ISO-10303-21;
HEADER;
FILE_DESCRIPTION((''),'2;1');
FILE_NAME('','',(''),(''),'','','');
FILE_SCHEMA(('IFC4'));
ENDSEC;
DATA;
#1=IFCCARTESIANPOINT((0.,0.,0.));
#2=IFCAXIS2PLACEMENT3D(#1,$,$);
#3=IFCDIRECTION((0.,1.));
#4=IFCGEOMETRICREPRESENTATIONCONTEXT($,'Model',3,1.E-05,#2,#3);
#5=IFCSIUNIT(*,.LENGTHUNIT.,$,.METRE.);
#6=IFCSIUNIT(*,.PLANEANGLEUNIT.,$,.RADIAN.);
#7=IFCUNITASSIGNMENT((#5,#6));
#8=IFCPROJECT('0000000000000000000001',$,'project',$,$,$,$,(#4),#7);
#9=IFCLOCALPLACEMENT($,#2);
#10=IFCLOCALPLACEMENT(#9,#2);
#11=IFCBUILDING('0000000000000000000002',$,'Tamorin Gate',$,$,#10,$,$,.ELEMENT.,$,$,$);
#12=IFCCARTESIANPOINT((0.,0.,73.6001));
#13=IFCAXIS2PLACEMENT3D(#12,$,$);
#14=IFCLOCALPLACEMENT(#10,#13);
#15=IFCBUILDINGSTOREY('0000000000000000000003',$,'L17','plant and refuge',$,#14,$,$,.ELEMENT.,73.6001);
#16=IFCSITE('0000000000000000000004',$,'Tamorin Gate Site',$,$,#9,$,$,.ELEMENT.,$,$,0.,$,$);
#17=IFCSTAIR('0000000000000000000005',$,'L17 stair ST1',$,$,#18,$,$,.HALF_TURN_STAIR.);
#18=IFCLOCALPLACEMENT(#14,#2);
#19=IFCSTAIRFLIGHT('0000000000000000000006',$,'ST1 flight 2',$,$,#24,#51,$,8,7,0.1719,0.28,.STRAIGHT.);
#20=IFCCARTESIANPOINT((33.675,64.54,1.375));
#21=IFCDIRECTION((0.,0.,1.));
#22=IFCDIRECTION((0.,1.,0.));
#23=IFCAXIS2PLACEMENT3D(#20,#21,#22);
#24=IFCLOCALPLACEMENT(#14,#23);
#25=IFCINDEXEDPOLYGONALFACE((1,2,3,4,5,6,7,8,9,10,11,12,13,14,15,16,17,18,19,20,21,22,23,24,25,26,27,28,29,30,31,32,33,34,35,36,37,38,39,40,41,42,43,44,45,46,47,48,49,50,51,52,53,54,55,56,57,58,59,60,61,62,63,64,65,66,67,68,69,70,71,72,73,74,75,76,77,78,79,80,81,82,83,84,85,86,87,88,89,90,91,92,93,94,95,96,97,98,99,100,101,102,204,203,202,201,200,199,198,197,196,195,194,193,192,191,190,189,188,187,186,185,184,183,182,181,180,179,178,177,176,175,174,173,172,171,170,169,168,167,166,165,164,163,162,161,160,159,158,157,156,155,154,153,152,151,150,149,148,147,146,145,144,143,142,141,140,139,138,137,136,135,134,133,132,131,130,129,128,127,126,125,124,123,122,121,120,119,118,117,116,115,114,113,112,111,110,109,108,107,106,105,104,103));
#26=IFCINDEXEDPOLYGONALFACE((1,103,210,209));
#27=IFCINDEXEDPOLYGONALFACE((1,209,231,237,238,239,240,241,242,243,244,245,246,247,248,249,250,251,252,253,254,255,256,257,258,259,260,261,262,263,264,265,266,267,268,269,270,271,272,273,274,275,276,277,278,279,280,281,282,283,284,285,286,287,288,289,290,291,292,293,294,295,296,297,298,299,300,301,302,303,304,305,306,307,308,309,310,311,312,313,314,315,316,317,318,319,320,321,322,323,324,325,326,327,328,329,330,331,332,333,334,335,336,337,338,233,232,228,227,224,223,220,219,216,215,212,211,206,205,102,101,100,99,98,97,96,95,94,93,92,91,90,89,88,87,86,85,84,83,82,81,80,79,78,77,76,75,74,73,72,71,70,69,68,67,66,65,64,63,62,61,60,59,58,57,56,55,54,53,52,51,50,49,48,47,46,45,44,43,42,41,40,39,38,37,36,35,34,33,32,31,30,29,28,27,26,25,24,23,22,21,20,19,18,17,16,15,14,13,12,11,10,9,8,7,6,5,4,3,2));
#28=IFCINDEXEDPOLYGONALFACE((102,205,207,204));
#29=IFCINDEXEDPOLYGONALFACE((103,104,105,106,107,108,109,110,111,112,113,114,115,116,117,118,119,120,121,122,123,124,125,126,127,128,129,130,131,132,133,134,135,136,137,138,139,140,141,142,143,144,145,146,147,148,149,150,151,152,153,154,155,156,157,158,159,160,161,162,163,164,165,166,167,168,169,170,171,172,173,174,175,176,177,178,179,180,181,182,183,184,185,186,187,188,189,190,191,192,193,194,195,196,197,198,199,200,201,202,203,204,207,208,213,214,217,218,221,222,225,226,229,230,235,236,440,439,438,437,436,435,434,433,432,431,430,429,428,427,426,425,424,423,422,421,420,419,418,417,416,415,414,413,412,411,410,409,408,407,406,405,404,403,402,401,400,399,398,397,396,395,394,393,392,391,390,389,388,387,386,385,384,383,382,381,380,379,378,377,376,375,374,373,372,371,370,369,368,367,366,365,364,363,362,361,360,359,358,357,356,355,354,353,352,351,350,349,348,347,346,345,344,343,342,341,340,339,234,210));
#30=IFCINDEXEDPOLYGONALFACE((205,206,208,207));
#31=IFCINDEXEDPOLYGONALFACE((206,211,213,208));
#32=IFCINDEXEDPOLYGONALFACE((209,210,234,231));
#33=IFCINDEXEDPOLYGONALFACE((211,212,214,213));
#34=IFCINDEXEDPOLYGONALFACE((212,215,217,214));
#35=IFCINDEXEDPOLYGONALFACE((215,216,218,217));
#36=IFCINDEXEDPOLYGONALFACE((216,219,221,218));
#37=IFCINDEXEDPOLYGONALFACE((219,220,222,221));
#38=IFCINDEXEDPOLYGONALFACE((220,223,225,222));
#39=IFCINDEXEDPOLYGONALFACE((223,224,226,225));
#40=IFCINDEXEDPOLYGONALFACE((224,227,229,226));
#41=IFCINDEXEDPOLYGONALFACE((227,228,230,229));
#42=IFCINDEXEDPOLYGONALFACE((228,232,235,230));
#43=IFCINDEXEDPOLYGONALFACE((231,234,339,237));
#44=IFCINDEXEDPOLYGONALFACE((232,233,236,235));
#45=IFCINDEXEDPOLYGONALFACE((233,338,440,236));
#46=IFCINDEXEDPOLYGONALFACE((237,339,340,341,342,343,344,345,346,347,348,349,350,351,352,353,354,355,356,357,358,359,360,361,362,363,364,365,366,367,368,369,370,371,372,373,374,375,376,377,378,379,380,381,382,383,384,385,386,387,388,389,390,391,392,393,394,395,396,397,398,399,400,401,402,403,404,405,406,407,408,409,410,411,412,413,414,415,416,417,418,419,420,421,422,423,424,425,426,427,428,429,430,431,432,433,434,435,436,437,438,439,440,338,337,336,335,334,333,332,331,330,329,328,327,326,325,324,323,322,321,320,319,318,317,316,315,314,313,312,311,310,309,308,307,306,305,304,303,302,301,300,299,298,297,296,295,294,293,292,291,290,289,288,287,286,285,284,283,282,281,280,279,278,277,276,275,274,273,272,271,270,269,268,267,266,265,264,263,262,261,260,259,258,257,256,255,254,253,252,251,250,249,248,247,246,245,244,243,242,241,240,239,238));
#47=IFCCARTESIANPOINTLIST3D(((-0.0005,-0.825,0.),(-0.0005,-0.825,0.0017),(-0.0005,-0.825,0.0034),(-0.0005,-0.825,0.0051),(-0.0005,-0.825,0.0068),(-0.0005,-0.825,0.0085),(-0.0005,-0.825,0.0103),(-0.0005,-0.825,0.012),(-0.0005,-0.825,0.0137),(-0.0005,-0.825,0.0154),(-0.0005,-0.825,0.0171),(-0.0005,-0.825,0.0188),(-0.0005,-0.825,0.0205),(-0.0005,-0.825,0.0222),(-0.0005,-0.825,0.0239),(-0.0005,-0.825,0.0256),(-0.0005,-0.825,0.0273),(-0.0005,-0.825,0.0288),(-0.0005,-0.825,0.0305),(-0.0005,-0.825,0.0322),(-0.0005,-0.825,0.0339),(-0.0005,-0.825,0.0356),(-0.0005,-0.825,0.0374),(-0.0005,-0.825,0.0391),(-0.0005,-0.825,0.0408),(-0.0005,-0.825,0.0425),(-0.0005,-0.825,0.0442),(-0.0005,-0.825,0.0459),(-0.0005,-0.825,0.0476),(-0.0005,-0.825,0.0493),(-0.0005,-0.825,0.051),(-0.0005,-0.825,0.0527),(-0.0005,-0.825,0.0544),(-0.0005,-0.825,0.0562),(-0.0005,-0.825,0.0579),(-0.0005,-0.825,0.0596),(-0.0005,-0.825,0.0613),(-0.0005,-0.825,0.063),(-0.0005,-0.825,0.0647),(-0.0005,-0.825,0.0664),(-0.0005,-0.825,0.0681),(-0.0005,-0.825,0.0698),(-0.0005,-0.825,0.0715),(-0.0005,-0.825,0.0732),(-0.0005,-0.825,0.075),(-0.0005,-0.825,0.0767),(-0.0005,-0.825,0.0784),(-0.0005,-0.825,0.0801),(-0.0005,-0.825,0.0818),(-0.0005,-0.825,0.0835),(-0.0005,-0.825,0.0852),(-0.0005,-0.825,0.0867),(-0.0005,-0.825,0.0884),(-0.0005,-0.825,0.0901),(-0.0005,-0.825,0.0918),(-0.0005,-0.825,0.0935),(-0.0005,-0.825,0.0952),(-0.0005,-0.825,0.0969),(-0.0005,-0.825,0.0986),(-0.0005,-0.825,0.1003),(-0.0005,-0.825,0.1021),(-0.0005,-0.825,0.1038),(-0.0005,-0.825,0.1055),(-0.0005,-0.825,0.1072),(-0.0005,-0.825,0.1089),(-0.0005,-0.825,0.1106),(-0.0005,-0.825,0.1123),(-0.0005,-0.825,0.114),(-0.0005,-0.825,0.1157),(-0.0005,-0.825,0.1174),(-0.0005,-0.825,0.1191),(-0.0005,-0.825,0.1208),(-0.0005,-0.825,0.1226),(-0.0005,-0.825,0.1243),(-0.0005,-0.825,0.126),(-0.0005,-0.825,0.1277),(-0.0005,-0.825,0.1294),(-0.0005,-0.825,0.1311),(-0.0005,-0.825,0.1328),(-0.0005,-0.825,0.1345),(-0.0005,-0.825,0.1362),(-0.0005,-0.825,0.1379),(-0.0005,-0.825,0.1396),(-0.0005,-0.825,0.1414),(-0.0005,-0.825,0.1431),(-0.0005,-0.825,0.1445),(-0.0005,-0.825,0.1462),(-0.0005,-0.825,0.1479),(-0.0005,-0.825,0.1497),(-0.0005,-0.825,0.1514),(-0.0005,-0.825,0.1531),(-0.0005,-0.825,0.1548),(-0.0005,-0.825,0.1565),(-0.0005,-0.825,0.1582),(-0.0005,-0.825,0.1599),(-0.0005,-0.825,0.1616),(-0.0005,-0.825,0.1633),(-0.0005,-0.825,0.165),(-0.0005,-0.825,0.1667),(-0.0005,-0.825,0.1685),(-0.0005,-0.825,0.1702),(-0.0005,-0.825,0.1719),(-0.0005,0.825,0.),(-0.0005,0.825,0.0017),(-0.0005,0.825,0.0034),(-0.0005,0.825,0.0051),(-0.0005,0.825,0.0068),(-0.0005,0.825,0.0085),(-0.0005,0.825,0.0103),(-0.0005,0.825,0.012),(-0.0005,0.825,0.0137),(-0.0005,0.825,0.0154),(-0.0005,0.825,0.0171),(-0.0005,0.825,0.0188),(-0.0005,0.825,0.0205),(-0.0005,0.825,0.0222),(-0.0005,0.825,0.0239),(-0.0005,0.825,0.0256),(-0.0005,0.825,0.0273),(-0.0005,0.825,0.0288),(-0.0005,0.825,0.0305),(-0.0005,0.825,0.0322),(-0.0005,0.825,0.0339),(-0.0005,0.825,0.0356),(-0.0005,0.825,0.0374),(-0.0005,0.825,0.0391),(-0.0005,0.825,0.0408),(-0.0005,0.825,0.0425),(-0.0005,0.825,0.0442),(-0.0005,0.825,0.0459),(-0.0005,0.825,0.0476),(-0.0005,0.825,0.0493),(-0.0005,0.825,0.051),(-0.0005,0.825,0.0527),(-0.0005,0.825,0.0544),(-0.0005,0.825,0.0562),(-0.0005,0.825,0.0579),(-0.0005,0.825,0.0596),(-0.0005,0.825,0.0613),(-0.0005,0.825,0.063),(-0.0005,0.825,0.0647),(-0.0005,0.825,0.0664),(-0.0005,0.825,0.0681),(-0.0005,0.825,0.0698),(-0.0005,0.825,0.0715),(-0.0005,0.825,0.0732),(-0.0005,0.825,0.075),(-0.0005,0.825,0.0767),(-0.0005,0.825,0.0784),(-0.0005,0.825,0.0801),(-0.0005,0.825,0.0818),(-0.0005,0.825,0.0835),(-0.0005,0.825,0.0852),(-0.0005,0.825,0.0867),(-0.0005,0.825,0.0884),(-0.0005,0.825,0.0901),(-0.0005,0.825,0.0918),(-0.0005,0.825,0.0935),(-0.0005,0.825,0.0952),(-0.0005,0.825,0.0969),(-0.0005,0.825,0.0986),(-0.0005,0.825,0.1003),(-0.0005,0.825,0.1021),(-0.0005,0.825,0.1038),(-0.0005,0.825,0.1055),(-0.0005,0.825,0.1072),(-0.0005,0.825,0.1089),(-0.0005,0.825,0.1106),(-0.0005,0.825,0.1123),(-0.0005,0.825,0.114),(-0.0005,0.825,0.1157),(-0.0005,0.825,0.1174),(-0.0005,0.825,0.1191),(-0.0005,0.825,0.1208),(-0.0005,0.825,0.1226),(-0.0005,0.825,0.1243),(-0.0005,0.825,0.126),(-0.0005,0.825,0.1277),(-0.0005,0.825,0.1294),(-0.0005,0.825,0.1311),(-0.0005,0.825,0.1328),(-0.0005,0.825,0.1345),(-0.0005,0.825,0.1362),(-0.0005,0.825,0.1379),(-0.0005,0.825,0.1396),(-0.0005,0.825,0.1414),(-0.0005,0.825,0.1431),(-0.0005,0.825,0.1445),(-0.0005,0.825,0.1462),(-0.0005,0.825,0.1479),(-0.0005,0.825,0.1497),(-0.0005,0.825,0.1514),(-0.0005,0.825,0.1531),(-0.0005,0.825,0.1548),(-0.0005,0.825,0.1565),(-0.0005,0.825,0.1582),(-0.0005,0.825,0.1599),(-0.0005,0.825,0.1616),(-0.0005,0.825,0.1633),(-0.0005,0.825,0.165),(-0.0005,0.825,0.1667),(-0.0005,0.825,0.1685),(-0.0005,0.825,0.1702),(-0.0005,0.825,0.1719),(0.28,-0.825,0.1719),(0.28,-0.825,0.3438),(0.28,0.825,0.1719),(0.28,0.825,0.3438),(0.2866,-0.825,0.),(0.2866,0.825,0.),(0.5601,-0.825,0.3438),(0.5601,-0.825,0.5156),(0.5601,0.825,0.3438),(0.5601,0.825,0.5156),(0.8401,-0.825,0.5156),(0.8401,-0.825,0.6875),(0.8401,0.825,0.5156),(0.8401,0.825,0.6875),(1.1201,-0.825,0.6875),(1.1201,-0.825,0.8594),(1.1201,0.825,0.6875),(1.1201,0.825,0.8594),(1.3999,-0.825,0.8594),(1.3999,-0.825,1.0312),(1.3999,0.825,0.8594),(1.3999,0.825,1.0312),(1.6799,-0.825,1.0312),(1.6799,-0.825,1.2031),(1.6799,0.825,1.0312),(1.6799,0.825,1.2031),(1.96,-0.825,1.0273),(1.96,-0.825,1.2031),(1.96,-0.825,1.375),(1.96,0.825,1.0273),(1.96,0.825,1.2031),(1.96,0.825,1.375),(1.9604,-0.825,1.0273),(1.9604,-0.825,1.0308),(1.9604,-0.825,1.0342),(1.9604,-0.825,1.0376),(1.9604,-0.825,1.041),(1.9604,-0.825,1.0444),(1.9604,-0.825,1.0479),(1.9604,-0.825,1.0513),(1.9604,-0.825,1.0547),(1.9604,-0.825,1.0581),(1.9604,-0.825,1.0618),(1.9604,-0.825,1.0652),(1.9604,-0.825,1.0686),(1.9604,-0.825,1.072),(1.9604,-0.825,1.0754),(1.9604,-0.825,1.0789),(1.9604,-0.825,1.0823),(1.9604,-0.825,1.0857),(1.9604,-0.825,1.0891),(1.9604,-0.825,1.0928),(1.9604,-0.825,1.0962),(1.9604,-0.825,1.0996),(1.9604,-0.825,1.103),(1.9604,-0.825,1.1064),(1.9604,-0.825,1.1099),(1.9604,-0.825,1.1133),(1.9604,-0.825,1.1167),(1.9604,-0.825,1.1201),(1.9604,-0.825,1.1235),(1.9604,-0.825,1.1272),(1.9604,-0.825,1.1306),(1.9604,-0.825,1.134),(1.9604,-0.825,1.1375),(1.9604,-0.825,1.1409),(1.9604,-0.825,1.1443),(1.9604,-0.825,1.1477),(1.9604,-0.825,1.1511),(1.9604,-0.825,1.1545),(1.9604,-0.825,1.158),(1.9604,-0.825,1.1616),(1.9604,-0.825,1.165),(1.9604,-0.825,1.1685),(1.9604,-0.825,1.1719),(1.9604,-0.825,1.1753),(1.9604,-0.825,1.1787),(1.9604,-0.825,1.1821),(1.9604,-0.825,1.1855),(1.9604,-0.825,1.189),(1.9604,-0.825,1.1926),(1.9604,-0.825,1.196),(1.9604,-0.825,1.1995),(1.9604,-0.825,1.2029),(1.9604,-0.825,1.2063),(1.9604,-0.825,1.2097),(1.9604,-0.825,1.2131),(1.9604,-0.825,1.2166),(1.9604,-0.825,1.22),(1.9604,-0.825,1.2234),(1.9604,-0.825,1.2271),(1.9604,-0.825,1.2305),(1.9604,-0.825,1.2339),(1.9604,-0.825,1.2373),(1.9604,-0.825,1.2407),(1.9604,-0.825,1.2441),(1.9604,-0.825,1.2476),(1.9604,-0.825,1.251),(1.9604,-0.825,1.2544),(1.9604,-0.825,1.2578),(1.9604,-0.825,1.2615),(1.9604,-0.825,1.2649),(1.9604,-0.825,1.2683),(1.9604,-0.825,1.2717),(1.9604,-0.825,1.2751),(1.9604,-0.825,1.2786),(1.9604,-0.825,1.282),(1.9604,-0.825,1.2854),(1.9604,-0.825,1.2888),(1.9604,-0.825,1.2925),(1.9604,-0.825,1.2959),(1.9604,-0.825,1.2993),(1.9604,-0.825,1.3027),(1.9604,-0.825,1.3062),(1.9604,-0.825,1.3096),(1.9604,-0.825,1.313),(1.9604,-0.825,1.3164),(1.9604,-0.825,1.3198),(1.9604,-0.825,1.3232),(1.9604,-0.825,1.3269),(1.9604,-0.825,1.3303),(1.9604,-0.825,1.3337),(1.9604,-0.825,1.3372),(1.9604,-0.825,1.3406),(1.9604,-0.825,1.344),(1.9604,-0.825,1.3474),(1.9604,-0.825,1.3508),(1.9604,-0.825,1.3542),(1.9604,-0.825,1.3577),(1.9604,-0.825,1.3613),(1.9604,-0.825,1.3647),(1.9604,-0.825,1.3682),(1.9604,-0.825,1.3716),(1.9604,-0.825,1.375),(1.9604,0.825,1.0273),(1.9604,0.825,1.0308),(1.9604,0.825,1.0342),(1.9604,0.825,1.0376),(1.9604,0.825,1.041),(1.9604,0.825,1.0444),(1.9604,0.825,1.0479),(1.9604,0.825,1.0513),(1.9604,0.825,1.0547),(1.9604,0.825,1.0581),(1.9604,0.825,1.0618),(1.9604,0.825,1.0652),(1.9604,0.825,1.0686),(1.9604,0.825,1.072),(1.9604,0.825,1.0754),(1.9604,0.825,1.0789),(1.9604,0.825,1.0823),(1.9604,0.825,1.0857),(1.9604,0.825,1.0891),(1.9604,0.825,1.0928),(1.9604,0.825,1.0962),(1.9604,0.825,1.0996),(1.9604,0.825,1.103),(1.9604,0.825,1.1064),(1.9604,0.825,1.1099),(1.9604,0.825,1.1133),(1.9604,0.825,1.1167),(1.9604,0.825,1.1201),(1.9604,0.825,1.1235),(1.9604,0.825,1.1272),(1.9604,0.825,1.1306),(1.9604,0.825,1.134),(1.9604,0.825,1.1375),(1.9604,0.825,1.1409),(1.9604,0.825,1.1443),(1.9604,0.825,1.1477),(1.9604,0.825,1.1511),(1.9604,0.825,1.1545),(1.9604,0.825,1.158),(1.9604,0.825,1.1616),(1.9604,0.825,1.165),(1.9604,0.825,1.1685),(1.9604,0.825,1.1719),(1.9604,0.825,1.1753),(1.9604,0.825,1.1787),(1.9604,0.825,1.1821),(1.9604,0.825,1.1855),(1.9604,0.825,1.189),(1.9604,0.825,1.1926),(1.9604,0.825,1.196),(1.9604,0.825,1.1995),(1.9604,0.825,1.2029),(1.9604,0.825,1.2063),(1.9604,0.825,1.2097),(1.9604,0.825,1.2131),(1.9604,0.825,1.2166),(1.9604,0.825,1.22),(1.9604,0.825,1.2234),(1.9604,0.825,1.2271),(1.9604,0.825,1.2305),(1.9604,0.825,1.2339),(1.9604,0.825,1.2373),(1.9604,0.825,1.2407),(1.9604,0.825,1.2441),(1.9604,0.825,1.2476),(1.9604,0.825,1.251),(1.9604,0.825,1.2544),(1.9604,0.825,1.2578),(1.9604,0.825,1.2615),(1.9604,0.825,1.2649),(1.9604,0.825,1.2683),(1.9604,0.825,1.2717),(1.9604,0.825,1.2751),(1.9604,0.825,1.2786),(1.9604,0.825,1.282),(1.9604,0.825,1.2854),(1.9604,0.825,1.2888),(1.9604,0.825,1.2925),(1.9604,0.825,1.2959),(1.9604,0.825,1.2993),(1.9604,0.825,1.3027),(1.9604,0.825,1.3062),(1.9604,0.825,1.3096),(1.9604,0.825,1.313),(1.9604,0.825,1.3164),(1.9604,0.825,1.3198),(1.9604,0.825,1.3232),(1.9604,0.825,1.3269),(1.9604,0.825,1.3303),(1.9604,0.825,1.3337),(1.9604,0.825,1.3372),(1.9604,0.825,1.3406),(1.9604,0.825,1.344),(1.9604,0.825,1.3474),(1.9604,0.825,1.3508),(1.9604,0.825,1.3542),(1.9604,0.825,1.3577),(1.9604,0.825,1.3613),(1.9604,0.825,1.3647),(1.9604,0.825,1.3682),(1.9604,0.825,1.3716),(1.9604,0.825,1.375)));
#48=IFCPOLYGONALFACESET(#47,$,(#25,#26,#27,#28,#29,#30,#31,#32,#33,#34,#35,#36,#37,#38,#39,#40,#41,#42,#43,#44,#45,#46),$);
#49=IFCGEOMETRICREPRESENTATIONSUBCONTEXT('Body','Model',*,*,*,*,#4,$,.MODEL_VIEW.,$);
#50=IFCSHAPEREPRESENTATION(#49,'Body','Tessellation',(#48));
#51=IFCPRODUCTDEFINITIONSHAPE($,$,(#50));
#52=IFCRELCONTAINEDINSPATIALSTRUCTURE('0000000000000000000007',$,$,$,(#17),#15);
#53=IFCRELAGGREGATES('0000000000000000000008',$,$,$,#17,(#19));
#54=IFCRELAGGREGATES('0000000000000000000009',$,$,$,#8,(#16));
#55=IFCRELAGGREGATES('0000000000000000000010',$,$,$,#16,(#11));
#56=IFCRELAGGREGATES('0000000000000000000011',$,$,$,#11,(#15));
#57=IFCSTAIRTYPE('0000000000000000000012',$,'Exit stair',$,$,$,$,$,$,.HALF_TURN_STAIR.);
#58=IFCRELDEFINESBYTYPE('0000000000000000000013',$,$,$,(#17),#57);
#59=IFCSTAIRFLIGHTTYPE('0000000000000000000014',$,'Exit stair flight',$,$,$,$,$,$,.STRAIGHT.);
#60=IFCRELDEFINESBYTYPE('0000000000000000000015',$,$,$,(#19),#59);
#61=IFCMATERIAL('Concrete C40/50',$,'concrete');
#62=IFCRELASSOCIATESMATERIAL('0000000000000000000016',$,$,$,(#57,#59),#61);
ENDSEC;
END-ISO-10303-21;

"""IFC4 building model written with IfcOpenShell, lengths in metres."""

from ifc_helpers import new_model, si_unit, direction, frame, origin, place, context, subcontext, project, spatial, polyline, outline, extrude, material, type_object, element, aggregate, save


model = new_model("IFC4")

# Units and contexts
model_context = context("Model", 3, precision=1e-05, world=origin(), true_north=direction((0.0, 1.0)))
body_context = subcontext(model_context, "Body", "Model", "MODEL_VIEW")
ifc_project = project(units=[si_unit("LENGTHUNIT", "METRE"), si_unit("PLANEANGLEUNIT", "RADIAN")], contexts=[model_context])

# Site, building, storey
site_placement = place(None, origin())
site = spatial("IfcSite", under=ifc_project, at=site_placement, Name="Tamorin Gate Site", CompositionType="ELEMENT", RefElevation=0.0)
building_placement = place(site_placement, origin())
building = spatial("IfcBuilding", under=site, at=building_placement, Name="Tamorin Gate", CompositionType="ELEMENT")
storey_placement = place(building_placement, frame((0.0, 0.0, 73.6001)))
storey = spatial("IfcBuildingStorey", under=building, at=storey_placement, Name="L17", Description="plant and refuge", CompositionType="ELEMENT", Elevation=73.6001)

# Shared definitions
ifc_material_1 = material(Name="Concrete C40/50", Category="concrete")

# Stair, stair flight
stair_type = type_object("IfcStairType", Name="Exit stair", PredefinedType="HALF_TURN_STAIR", material=ifc_material_1)
stair_1_placement = place(storey_placement, origin())
stair_1 = element("IfcStair", 1, at=stair_1_placement, inside=storey, type_object=stair_type, Name="L17 stair ST1", PredefinedType="HALF_TURN_STAIR")
stair_flight_type = type_object("IfcStairFlightType", Name="Exit stair flight", PredefinedType="STRAIGHT", material=ifc_material_1)
stair_flight_1_placement = place(storey_placement, frame((33.675, 64.54, 1.375), z_axis=(0.0, 0.0, 1.0), x_axis=(0.0, 1.0, 0.0)))
stair_flight_1 = element("IfcStairFlight", 2, at=stair_flight_1_placement, type_object=stair_flight_type, Name="ST1 flight 2", NumberOfRisers=8, NumberOfTreads=7, PredefinedType="STRAIGHT", RiserHeight=0.1719, TreadLength=0.28, context=body_context, shape_type="SweptSolid", body=[
    extrude(outline(polyline([(-0.0005, 0.0), (-0.0005, 0.0017), (-0.0005, 0.0034), (-0.0005, 0.0051), (-0.0005, 0.0068), (-0.0005, 0.0085), (-0.0005, 0.0103), (-0.0005, 0.012), (-0.0005, 0.0137), (-0.0005, 0.0154), (-0.0005, 0.0171), (-0.0005, 0.0188), (-0.0005, 0.0205), (-0.0005, 0.0222), (-0.0005, 0.0239), (-0.0005, 0.0256), (-0.0005, 0.0273), (-0.0005, 0.0288), (-0.0005, 0.0305), (-0.0005, 0.0322), (-0.0005, 0.0339), (-0.0005, 0.0356), (-0.0005, 0.0374), (-0.0005, 0.0391), (-0.0005, 0.0408), (-0.0005, 0.0425), (-0.0005, 0.0442), (-0.0005, 0.0459), (-0.0005, 0.0476), (-0.0005, 0.0493), (-0.0005, 0.051), (-0.0005, 0.0527), (-0.0005, 0.0544), (-0.0005, 0.0562), (-0.0005, 0.0579), (-0.0005, 0.0596), (-0.0005, 0.0613), (-0.0005, 0.063), (-0.0005, 0.0647), (-0.0005, 0.0664), (-0.0005, 0.0681), (-0.0005, 0.0698), (-0.0005, 0.0715), (-0.0005, 0.0732), (-0.0005, 0.075), (-0.0005, 0.0767), (-0.0005, 0.0784), (-0.0005, 0.0801), (-0.0005, 0.0818), (-0.0005, 0.0835), (-0.0005, 0.0852), (-0.0005, 0.0867), (-0.0005, 0.0884), (-0.0005, 0.0901), (-0.0005, 0.0918), (-0.0005, 0.0935), (-0.0005, 0.0952), (-0.0005, 0.0969), (-0.0005, 0.0986), (-0.0005, 0.1003), (-0.0005, 0.1021), (-0.0005, 0.1038), (-0.0005, 0.1055), (-0.0005, 0.1072), (-0.0005, 0.1089), (-0.0005, 0.1106), (-0.0005, 0.1123), (-0.0005, 0.114), (-0.0005, 0.1157), (-0.0005, 0.1174), (-0.0005, 0.1191), (-0.0005, 0.1208), (-0.0005, 0.1226), (-0.0005, 0.1243), (-0.0005, 0.126), (-0.0005, 0.1277), (-0.0005, 0.1294), (-0.0005, 0.1311), (-0.0005, 0.1328), (-0.0005, 0.1345), (-0.0005, 0.1362), (-0.0005, 0.1379), (-0.0005, 0.1396), (-0.0005, 0.1414), (-0.0005, 0.1431), (-0.0005, 0.1445), (-0.0005, 0.1462), (-0.0005, 0.1479), (-0.0005, 0.1497), (-0.0005, 0.1514), (-0.0005, 0.1531), (-0.0005, 0.1548), (-0.0005, 0.1565), (-0.0005, 0.1582), (-0.0005, 0.1599), (-0.0005, 0.1616), (-0.0005, 0.1633), (-0.0005, 0.165), (-0.0005, 0.1667), (-0.0005, 0.1685), (-0.0005, 0.1702), (-0.0005, 0.1719), (0.28, 0.1719), (0.28, 0.3438), (0.5601, 0.3438), (0.5601, 0.5156), (0.8401, 0.5156), (0.8401, 0.6875), (1.1201, 0.6875), (1.1201, 0.8594), (1.3999, 0.8594), (1.3999, 1.0312), (1.6799, 1.0312), (1.6799, 1.2031), (1.96, 1.2031), (1.96, 1.375), (1.9604, 1.375), (1.9604, 1.3716), (1.9604, 1.3682), (1.9604, 1.3647), (1.9604, 1.3613), (1.9604, 1.3577), (1.9604, 1.3542), (1.9604, 1.3508), (1.9604, 1.3474), (1.9604, 1.344), (1.9604, 1.3406), (1.9604, 1.3372), (1.9604, 1.3337), (1.9604, 1.3303), (1.9604, 1.3269), (1.9604, 1.3232), (1.9604, 1.3198), (1.9604, 1.3164), (1.9604, 1.313), (1.9604, 1.3096), (1.9604, 1.3062), (1.9604, 1.3027), (1.9604, 1.2993), (1.9604, 1.2959), (1.9604, 1.2925), (1.9604, 1.2888), (1.9604, 1.2854), (1.9604, 1.282), (1.9604, 1.2786), (1.9604, 1.2751), (1.9604, 1.2717), (1.9604, 1.2683), (1.9604, 1.2649), (1.9604, 1.2615), (1.9604, 1.2578), (1.9604, 1.2544), (1.9604, 1.251), (1.9604, 1.2476), (1.9604, 1.2441), (1.9604, 1.2407), (1.9604, 1.2373), (1.9604, 1.2339), (1.9604, 1.2305), (1.9604, 1.2271), (1.9604, 1.2234), (1.9604, 1.22), (1.9604, 1.2166), (1.9604, 1.2131), (1.9604, 1.2097), (1.9604, 1.2063), (1.9604, 1.2029), (1.9604, 1.1995), (1.9604, 1.196), (1.9604, 1.1926), (1.9604, 1.189), (1.9604, 1.1855), (1.9604, 1.1821), (1.9604, 1.1787), (1.9604, 1.1753), (1.9604, 1.1719), (1.9604, 1.1685), (1.9604, 1.165), (1.9604, 1.1616), (1.9604, 1.158), (1.9604, 1.1545), (1.9604, 1.1511), (1.9604, 1.1477), (1.9604, 1.1443), (1.9604, 1.1409), (1.9604, 1.1375), (1.9604, 1.134), (1.9604, 1.1306), (1.9604, 1.1272), (1.9604, 1.1235), (1.9604, 1.1201), (1.9604, 1.1167), (1.9604, 1.1133), (1.9604, 1.1099), (1.9604, 1.1064), (1.9604, 1.103), (1.9604, 1.0996), (1.9604, 1.0962), (1.9604, 1.0928), (1.9604, 1.0891), (1.9604, 1.0857), (1.9604, 1.0823), (1.9604, 1.0789), (1.9604, 1.0754), (1.9604, 1.072), (1.9604, 1.0686), (1.9604, 1.0652), (1.9604, 1.0618), (1.9604, 1.0581), (1.9604, 1.0547), (1.9604, 1.0513), (1.9604, 1.0479), (1.9604, 1.0444), (1.9604, 1.041), (1.9604, 1.0376), (1.9604, 1.0342), (1.9604, 1.0308), (1.9604, 1.0273), (1.96, 1.0273), (0.2866, 0.0), (-0.0005, 0.0)])), frame((0.0, 0.825, 0.0), z_axis=(0.0, -1.0, 0.0), x_axis=(1.0, 0.0, 0.0)), (0.0, 0.0, 1.0), 1.6499),
])
aggregate(stair_1, [stair_flight_1])

save(model, "model.ifc")
